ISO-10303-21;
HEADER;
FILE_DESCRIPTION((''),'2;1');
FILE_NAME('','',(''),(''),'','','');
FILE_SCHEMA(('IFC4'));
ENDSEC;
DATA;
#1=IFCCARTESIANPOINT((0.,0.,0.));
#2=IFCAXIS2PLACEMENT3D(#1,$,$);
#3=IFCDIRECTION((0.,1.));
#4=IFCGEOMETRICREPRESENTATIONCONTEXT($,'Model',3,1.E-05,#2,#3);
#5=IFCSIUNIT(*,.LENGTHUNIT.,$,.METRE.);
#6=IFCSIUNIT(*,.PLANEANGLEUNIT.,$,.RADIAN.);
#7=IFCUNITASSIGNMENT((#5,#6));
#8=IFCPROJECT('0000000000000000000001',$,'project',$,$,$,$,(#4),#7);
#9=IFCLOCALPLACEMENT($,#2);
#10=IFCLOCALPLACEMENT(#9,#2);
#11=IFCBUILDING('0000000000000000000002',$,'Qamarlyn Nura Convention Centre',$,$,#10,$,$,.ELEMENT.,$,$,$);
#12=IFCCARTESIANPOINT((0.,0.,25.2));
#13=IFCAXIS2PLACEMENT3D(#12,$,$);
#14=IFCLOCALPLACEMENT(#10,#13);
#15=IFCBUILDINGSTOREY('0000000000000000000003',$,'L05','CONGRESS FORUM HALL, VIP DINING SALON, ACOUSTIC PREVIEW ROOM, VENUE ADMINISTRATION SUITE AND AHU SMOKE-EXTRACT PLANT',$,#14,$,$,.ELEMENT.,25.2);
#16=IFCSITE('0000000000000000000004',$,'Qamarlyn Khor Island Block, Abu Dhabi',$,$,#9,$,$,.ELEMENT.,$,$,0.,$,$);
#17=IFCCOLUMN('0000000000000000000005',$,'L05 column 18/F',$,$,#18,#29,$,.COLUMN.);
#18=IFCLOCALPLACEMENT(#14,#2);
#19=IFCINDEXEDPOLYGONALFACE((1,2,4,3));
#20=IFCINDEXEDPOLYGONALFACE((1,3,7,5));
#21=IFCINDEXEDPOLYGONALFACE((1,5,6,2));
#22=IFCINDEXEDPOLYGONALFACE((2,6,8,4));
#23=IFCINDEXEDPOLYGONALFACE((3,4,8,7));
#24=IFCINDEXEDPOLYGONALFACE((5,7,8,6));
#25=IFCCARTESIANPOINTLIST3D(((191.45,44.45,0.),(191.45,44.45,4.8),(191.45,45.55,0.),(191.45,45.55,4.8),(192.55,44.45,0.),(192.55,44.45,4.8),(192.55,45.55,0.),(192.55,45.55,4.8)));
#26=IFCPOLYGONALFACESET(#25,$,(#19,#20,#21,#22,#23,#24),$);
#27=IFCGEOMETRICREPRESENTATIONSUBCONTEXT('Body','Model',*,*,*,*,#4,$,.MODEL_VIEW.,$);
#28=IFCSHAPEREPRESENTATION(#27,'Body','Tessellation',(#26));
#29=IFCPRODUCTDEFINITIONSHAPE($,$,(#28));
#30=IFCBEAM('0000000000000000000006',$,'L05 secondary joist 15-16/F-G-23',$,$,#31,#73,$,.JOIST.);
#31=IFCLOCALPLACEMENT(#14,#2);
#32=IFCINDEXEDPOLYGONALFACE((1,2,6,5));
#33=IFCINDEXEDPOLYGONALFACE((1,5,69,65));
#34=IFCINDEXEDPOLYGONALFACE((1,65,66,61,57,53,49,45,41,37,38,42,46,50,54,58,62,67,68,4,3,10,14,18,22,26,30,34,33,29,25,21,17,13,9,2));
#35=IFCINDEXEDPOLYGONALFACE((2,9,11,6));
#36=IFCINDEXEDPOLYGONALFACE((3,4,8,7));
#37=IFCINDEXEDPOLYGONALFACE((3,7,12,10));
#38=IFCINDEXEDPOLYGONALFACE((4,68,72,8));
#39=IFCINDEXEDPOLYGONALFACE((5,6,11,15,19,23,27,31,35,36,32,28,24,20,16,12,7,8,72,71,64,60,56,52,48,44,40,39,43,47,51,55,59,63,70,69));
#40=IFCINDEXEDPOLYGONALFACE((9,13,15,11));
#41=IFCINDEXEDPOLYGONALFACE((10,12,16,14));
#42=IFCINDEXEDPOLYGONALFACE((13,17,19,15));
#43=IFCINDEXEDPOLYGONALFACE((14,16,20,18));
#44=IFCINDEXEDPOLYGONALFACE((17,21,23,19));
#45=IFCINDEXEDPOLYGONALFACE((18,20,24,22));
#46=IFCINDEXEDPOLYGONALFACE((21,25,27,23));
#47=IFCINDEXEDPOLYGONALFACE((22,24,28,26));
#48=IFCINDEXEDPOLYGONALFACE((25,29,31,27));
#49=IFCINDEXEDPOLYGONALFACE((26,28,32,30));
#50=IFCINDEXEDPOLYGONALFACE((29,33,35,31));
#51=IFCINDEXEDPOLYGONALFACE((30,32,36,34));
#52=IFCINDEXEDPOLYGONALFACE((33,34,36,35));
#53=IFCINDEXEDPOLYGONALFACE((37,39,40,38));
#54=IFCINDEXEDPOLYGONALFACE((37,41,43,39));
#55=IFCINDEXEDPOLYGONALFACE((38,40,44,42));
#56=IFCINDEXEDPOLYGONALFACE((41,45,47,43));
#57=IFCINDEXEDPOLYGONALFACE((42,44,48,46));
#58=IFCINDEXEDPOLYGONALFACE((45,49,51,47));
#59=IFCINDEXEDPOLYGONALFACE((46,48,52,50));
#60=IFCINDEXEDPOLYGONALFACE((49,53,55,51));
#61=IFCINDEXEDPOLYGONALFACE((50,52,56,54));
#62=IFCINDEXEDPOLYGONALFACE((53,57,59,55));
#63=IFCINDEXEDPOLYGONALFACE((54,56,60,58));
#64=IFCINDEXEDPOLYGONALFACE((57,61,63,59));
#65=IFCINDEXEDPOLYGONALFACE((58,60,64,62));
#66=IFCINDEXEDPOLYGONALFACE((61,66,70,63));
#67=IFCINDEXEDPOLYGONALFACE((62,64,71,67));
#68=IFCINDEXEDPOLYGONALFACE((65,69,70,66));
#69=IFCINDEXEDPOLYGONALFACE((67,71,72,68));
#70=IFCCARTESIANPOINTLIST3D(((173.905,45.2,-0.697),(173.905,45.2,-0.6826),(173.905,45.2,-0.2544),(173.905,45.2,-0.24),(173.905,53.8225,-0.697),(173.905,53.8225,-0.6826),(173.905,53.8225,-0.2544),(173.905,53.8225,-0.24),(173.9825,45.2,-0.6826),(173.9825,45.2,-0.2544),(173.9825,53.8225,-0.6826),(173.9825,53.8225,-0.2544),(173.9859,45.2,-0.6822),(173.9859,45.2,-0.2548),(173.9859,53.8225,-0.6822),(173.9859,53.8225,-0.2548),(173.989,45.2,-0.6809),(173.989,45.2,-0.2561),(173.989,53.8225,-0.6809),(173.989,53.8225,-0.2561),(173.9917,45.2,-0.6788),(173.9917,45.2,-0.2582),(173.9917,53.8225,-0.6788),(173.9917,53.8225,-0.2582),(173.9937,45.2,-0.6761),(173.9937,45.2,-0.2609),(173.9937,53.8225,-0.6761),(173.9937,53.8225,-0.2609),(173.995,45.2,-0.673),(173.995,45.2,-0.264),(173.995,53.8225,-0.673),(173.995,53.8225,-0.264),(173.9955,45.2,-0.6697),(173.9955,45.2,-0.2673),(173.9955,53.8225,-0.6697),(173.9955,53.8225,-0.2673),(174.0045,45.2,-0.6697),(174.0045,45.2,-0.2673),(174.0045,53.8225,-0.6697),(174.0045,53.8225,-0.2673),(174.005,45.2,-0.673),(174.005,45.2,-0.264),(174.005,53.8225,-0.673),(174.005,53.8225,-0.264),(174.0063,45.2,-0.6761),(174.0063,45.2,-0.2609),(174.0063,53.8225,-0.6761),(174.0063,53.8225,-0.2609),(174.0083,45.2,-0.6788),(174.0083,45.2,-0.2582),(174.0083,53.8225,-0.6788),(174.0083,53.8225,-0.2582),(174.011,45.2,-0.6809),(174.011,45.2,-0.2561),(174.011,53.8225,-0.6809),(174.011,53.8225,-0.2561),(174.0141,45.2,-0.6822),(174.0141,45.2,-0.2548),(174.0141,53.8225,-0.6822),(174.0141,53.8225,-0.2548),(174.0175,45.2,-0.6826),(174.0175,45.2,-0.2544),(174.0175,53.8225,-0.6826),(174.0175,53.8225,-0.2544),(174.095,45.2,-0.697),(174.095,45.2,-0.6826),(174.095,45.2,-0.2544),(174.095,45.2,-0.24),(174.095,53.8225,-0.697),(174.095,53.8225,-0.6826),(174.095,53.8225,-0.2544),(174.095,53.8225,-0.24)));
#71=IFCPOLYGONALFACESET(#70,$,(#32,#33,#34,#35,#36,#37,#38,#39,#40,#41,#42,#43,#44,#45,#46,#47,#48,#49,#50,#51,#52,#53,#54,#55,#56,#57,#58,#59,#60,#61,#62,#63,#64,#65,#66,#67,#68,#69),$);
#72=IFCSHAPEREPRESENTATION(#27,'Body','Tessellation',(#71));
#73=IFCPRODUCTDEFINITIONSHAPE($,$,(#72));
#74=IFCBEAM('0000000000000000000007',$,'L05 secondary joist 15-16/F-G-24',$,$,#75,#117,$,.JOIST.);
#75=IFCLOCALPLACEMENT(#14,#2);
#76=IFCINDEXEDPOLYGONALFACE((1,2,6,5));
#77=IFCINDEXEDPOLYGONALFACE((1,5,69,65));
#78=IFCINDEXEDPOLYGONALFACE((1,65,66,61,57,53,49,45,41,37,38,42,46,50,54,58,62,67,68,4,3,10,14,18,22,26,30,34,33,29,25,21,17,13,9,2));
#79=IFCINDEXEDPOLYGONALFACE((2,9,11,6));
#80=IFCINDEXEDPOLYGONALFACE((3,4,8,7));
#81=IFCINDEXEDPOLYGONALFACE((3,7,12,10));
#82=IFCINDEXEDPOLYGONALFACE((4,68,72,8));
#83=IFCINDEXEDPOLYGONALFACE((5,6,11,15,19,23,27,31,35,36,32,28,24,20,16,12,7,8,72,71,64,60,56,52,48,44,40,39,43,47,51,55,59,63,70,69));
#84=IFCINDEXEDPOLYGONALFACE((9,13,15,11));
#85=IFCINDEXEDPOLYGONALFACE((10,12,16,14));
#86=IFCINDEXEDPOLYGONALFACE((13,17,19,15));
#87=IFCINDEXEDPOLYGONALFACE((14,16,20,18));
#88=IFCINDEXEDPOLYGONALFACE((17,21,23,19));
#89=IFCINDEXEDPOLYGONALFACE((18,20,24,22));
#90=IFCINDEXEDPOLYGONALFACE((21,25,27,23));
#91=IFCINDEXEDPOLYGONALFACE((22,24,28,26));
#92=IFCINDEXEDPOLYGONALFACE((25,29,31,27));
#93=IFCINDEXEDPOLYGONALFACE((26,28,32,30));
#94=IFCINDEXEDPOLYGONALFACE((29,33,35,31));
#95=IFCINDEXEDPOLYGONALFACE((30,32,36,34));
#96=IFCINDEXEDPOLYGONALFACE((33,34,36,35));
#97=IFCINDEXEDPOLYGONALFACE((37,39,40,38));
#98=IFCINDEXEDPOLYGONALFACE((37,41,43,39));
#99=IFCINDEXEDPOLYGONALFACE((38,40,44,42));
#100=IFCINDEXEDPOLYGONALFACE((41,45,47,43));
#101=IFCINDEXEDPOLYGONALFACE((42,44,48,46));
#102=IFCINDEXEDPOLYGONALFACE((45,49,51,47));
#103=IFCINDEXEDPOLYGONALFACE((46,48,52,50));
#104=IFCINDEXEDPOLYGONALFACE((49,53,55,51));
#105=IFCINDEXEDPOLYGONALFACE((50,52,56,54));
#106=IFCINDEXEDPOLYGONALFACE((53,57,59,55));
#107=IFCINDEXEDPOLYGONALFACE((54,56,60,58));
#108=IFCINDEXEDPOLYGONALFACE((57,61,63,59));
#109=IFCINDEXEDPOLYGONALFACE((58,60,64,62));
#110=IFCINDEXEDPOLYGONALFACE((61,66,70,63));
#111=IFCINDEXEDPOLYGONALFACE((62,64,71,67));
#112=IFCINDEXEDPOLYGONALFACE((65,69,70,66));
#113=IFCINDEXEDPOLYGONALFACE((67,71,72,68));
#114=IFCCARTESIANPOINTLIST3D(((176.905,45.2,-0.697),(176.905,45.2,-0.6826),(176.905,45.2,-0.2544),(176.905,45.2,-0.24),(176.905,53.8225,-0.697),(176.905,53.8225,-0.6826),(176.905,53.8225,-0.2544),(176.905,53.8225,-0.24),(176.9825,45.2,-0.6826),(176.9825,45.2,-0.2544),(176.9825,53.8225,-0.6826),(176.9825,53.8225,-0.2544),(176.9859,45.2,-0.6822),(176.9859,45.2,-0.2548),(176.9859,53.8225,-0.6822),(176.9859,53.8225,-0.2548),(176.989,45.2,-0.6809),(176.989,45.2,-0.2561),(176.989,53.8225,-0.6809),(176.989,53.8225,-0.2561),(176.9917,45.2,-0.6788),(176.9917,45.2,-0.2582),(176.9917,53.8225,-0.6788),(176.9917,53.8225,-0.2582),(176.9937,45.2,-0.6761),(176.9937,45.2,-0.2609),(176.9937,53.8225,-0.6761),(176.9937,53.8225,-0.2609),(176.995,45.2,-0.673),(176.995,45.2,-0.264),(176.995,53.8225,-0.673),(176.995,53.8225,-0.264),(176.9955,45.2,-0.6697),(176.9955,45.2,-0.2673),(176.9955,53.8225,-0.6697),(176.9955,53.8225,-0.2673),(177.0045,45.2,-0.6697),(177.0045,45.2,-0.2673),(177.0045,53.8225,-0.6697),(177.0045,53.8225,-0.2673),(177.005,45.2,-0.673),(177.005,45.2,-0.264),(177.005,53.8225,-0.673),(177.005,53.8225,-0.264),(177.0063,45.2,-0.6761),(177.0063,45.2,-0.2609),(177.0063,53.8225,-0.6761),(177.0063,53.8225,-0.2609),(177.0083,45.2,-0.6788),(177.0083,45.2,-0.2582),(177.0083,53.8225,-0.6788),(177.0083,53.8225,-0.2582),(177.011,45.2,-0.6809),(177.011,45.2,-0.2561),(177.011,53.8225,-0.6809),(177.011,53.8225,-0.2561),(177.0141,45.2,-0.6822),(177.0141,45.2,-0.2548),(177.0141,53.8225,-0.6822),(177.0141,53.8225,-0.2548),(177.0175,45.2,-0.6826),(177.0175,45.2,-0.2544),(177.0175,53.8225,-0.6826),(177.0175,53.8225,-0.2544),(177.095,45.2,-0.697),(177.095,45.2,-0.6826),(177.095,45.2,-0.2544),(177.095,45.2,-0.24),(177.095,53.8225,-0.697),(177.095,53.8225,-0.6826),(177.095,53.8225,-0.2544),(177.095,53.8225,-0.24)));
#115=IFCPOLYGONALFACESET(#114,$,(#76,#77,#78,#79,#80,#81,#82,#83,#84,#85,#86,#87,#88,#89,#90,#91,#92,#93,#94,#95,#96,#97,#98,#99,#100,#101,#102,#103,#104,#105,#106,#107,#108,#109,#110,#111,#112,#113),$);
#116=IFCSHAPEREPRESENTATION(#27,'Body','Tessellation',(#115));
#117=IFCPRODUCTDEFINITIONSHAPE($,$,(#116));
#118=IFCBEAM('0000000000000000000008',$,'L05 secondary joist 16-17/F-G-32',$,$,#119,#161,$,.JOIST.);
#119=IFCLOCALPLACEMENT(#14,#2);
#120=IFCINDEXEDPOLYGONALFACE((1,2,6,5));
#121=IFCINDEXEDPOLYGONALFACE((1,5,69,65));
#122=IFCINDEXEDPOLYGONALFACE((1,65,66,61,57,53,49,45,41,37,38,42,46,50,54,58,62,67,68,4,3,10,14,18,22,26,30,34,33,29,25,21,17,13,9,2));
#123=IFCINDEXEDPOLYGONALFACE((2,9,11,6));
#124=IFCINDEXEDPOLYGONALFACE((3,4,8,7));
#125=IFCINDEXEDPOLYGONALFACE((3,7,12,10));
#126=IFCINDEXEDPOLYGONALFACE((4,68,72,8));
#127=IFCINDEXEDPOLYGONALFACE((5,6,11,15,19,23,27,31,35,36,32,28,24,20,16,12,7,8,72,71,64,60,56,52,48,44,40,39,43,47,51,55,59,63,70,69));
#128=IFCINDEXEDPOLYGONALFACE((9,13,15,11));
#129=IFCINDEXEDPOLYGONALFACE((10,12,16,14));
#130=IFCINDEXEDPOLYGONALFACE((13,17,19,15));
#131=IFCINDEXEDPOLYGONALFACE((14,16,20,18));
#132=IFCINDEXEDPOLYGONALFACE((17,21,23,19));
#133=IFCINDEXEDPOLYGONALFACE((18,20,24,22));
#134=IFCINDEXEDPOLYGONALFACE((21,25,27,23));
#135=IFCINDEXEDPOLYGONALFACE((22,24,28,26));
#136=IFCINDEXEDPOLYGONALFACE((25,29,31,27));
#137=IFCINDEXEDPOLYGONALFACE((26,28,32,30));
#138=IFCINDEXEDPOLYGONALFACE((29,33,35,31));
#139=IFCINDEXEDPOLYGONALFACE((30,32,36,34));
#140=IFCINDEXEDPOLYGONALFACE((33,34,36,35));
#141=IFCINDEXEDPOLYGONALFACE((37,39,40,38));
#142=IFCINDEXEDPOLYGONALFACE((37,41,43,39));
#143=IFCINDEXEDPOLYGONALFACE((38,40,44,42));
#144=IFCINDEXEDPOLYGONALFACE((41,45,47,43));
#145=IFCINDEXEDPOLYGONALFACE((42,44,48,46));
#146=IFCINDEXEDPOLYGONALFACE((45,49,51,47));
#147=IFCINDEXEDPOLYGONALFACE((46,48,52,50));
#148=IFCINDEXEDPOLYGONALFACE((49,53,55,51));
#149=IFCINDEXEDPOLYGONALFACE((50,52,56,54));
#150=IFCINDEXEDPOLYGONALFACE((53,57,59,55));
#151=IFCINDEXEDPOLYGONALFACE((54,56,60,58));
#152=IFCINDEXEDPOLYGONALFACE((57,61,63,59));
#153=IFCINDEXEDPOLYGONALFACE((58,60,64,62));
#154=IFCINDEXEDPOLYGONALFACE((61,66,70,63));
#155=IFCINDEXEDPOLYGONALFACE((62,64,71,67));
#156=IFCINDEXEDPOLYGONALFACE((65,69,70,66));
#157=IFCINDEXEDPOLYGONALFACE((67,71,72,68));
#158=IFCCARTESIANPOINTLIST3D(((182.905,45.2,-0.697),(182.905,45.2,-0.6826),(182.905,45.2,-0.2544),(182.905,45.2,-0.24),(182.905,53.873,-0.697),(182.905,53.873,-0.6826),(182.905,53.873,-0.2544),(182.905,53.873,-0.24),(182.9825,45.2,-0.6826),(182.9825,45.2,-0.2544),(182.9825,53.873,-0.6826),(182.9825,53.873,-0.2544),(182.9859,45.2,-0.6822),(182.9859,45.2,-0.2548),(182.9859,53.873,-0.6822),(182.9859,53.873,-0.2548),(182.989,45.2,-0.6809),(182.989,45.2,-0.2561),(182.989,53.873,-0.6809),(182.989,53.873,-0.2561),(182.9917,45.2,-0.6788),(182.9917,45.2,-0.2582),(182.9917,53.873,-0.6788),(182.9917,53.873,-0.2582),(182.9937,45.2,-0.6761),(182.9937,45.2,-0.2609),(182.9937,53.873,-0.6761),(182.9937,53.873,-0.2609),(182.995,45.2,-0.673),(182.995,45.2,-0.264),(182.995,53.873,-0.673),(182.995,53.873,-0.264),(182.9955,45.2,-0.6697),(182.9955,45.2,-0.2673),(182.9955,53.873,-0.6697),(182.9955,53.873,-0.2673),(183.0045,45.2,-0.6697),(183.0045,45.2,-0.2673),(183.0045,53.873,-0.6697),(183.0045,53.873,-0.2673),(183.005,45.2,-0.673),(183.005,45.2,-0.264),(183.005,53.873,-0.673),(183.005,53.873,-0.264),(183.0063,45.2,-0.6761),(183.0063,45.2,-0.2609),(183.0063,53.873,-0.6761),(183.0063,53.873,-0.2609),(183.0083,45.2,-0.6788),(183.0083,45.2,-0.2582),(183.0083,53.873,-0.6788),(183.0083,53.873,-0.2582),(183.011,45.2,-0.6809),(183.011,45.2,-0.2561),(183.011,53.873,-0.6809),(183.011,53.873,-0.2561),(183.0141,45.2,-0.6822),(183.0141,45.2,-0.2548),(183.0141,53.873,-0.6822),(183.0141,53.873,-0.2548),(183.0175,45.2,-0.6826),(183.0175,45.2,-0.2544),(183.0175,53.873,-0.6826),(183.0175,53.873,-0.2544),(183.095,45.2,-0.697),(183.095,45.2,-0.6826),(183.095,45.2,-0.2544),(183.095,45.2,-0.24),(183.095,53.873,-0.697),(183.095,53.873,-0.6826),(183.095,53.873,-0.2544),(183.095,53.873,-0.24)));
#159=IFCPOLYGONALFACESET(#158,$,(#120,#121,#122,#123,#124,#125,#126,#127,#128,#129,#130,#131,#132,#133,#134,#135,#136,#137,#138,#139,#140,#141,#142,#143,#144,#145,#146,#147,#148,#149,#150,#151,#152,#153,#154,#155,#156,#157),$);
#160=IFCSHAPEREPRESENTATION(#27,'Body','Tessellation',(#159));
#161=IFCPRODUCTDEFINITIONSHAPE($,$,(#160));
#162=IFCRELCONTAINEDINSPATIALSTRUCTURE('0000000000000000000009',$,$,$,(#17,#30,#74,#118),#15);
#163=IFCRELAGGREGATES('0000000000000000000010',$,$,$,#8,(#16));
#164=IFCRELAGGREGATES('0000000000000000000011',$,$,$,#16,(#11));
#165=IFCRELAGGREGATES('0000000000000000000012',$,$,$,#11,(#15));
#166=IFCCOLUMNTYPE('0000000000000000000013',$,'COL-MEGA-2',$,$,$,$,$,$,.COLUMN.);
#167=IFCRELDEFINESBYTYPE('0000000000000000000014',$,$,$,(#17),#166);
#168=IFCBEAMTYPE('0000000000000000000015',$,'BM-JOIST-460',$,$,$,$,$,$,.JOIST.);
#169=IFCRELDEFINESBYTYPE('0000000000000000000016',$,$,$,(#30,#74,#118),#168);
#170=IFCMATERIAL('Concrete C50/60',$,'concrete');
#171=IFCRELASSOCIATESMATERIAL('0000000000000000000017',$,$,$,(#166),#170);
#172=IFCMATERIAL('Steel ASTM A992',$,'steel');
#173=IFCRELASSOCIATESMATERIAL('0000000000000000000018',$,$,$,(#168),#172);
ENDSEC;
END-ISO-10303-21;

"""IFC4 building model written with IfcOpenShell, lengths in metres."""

from ifc_helpers import new_model, si_unit, direction, frame, origin, origin_2d, place, context, subcontext, project, spatial, rectangle, i_section, extrude, material, material_profile, profile_set, type_object, element, save


model = new_model("IFC4")

# Units and contexts
model_context = context("Model", 3, precision=1e-05, world=origin(), true_north=direction((0.0, 1.0)))
body_context = subcontext(model_context, "Body", "Model", "MODEL_VIEW")
ifc_project = project(units=[si_unit("LENGTHUNIT", "METRE"), si_unit("PLANEANGLEUNIT", "RADIAN")], contexts=[model_context])

# Site, building, storey
site_placement = place(None, origin())
site = spatial("IfcSite", under=ifc_project, at=site_placement, Name="Qamarlyn Khor Island Block, Abu Dhabi", CompositionType="ELEMENT", RefElevation=0.0)
building_placement = place(site_placement, origin())
building = spatial("IfcBuilding", under=site, at=building_placement, Name="Qamarlyn Nura Convention Centre", CompositionType="ELEMENT")
storey_placement = place(building_placement, frame((0.0, 0.0, 25.2)))
storey = spatial("IfcBuildingStorey", under=building, at=storey_placement, Name="L05", Description="CONGRESS FORUM HALL, VIP DINING SALON, ACOUSTIC PREVIEW ROOM, VENUE ADMINISTRATION SUITE AND AHU SMOKE-EXTRACT PLANT", CompositionType="ELEMENT", Elevation=25.2)

# Column
ifc_material_1 = material(Name="Concrete C50/60", Category="concrete")
ifc_material_profile_1 = material_profile(ifc_material_1, rectangle(XDim=1.1001, YDim=1.1001, at=origin_2d()), Name="RC 1100x1100")
ifc_profile_set_1 = profile_set([ifc_material_profile_1], Name="Concrete C50/60")
column_type = type_object("IfcColumnType", Name="COL-MEGA-2", PredefinedType="COLUMN", material=ifc_profile_set_1)
column_placement = place(storey_placement, frame((192.0, 45.0, 0.0), z_axis=(0.0, 0.0, 1.0), x_axis=(1.0, 0.0, 0.0)))
element("IfcColumn", 1, at=column_placement, inside=storey, type_object=column_type, Name="L05 column 18/F", PredefinedType="COLUMN", context=body_context, shape_type="SweptSolid", body=[
    extrude(rectangle(XDim=1.1001, YDim=1.1001, at=origin_2d()), origin(), (0.0, 0.0, 1.0), 4.8),
])

# Beams
ifc_material_2 = material(Name="Steel ASTM A992", Category="steel")
ifc_material_profile_2 = material_profile(ifc_material_2, i_section(OverallWidth=0.1899, OverallDepth=0.457, WebThickness=0.009, FlangeThickness=0.0144, FilletRadius=0.0129, at=origin_2d()), Name="W460X74")
ifc_profile_set_2 = profile_set([ifc_material_profile_2], Name="Steel ASTM A992")
beam_type_1 = type_object("IfcBeamType", Name="BM-JOIST-460", PredefinedType="JOIST", material=ifc_profile_set_2)
for number, where, z_axis, x_axis, name in (
    (2, (174.0, 45.2, -0.4685), (0.0, 1.0, 0.0), (-1.0, 0.0, 0.0), "L05 secondary joist 15-16/F-G-23"),
    (3, (177.0, 45.2, -0.4685), (0.0, 1.0, 0.0), (-1.0, 0.0, 0.0), "L05 secondary joist 15-16/F-G-24"),
):
    element("IfcBeam", number, at=place(storey_placement, frame(where, z_axis=z_axis, x_axis=x_axis)), inside=storey, type_object=beam_type_1, Name=name, PredefinedType="JOIST", context=body_context, shape_type="SweptSolid", body=[
        extrude(i_section(OverallWidth=0.1899, OverallDepth=0.457, WebThickness=0.009, FlangeThickness=0.0144, FilletRadius=0.0129, at=origin_2d()), origin(), (0.0, 0.0, 1.0), 8.6226),
    ])
beam_1_placement = place(storey_placement, frame((183.0, 45.2, -0.4685), z_axis=(0.0, 1.0, 0.0), x_axis=(-1.0, 0.0, 0.0)))
element("IfcBeam", 4, at=beam_1_placement, inside=storey, type_object=beam_type_1, Name="L05 secondary joist 16-17/F-G-32", PredefinedType="JOIST", context=body_context, shape_type="SweptSolid", body=[
    extrude(i_section(OverallWidth=0.1899, OverallDepth=0.457, WebThickness=0.009, FlangeThickness=0.0144, FilletRadius=0.0129, at=origin_2d()), origin(), (0.0, 0.0, 1.0), 8.6731),
])

save(model, "model.ifc")
